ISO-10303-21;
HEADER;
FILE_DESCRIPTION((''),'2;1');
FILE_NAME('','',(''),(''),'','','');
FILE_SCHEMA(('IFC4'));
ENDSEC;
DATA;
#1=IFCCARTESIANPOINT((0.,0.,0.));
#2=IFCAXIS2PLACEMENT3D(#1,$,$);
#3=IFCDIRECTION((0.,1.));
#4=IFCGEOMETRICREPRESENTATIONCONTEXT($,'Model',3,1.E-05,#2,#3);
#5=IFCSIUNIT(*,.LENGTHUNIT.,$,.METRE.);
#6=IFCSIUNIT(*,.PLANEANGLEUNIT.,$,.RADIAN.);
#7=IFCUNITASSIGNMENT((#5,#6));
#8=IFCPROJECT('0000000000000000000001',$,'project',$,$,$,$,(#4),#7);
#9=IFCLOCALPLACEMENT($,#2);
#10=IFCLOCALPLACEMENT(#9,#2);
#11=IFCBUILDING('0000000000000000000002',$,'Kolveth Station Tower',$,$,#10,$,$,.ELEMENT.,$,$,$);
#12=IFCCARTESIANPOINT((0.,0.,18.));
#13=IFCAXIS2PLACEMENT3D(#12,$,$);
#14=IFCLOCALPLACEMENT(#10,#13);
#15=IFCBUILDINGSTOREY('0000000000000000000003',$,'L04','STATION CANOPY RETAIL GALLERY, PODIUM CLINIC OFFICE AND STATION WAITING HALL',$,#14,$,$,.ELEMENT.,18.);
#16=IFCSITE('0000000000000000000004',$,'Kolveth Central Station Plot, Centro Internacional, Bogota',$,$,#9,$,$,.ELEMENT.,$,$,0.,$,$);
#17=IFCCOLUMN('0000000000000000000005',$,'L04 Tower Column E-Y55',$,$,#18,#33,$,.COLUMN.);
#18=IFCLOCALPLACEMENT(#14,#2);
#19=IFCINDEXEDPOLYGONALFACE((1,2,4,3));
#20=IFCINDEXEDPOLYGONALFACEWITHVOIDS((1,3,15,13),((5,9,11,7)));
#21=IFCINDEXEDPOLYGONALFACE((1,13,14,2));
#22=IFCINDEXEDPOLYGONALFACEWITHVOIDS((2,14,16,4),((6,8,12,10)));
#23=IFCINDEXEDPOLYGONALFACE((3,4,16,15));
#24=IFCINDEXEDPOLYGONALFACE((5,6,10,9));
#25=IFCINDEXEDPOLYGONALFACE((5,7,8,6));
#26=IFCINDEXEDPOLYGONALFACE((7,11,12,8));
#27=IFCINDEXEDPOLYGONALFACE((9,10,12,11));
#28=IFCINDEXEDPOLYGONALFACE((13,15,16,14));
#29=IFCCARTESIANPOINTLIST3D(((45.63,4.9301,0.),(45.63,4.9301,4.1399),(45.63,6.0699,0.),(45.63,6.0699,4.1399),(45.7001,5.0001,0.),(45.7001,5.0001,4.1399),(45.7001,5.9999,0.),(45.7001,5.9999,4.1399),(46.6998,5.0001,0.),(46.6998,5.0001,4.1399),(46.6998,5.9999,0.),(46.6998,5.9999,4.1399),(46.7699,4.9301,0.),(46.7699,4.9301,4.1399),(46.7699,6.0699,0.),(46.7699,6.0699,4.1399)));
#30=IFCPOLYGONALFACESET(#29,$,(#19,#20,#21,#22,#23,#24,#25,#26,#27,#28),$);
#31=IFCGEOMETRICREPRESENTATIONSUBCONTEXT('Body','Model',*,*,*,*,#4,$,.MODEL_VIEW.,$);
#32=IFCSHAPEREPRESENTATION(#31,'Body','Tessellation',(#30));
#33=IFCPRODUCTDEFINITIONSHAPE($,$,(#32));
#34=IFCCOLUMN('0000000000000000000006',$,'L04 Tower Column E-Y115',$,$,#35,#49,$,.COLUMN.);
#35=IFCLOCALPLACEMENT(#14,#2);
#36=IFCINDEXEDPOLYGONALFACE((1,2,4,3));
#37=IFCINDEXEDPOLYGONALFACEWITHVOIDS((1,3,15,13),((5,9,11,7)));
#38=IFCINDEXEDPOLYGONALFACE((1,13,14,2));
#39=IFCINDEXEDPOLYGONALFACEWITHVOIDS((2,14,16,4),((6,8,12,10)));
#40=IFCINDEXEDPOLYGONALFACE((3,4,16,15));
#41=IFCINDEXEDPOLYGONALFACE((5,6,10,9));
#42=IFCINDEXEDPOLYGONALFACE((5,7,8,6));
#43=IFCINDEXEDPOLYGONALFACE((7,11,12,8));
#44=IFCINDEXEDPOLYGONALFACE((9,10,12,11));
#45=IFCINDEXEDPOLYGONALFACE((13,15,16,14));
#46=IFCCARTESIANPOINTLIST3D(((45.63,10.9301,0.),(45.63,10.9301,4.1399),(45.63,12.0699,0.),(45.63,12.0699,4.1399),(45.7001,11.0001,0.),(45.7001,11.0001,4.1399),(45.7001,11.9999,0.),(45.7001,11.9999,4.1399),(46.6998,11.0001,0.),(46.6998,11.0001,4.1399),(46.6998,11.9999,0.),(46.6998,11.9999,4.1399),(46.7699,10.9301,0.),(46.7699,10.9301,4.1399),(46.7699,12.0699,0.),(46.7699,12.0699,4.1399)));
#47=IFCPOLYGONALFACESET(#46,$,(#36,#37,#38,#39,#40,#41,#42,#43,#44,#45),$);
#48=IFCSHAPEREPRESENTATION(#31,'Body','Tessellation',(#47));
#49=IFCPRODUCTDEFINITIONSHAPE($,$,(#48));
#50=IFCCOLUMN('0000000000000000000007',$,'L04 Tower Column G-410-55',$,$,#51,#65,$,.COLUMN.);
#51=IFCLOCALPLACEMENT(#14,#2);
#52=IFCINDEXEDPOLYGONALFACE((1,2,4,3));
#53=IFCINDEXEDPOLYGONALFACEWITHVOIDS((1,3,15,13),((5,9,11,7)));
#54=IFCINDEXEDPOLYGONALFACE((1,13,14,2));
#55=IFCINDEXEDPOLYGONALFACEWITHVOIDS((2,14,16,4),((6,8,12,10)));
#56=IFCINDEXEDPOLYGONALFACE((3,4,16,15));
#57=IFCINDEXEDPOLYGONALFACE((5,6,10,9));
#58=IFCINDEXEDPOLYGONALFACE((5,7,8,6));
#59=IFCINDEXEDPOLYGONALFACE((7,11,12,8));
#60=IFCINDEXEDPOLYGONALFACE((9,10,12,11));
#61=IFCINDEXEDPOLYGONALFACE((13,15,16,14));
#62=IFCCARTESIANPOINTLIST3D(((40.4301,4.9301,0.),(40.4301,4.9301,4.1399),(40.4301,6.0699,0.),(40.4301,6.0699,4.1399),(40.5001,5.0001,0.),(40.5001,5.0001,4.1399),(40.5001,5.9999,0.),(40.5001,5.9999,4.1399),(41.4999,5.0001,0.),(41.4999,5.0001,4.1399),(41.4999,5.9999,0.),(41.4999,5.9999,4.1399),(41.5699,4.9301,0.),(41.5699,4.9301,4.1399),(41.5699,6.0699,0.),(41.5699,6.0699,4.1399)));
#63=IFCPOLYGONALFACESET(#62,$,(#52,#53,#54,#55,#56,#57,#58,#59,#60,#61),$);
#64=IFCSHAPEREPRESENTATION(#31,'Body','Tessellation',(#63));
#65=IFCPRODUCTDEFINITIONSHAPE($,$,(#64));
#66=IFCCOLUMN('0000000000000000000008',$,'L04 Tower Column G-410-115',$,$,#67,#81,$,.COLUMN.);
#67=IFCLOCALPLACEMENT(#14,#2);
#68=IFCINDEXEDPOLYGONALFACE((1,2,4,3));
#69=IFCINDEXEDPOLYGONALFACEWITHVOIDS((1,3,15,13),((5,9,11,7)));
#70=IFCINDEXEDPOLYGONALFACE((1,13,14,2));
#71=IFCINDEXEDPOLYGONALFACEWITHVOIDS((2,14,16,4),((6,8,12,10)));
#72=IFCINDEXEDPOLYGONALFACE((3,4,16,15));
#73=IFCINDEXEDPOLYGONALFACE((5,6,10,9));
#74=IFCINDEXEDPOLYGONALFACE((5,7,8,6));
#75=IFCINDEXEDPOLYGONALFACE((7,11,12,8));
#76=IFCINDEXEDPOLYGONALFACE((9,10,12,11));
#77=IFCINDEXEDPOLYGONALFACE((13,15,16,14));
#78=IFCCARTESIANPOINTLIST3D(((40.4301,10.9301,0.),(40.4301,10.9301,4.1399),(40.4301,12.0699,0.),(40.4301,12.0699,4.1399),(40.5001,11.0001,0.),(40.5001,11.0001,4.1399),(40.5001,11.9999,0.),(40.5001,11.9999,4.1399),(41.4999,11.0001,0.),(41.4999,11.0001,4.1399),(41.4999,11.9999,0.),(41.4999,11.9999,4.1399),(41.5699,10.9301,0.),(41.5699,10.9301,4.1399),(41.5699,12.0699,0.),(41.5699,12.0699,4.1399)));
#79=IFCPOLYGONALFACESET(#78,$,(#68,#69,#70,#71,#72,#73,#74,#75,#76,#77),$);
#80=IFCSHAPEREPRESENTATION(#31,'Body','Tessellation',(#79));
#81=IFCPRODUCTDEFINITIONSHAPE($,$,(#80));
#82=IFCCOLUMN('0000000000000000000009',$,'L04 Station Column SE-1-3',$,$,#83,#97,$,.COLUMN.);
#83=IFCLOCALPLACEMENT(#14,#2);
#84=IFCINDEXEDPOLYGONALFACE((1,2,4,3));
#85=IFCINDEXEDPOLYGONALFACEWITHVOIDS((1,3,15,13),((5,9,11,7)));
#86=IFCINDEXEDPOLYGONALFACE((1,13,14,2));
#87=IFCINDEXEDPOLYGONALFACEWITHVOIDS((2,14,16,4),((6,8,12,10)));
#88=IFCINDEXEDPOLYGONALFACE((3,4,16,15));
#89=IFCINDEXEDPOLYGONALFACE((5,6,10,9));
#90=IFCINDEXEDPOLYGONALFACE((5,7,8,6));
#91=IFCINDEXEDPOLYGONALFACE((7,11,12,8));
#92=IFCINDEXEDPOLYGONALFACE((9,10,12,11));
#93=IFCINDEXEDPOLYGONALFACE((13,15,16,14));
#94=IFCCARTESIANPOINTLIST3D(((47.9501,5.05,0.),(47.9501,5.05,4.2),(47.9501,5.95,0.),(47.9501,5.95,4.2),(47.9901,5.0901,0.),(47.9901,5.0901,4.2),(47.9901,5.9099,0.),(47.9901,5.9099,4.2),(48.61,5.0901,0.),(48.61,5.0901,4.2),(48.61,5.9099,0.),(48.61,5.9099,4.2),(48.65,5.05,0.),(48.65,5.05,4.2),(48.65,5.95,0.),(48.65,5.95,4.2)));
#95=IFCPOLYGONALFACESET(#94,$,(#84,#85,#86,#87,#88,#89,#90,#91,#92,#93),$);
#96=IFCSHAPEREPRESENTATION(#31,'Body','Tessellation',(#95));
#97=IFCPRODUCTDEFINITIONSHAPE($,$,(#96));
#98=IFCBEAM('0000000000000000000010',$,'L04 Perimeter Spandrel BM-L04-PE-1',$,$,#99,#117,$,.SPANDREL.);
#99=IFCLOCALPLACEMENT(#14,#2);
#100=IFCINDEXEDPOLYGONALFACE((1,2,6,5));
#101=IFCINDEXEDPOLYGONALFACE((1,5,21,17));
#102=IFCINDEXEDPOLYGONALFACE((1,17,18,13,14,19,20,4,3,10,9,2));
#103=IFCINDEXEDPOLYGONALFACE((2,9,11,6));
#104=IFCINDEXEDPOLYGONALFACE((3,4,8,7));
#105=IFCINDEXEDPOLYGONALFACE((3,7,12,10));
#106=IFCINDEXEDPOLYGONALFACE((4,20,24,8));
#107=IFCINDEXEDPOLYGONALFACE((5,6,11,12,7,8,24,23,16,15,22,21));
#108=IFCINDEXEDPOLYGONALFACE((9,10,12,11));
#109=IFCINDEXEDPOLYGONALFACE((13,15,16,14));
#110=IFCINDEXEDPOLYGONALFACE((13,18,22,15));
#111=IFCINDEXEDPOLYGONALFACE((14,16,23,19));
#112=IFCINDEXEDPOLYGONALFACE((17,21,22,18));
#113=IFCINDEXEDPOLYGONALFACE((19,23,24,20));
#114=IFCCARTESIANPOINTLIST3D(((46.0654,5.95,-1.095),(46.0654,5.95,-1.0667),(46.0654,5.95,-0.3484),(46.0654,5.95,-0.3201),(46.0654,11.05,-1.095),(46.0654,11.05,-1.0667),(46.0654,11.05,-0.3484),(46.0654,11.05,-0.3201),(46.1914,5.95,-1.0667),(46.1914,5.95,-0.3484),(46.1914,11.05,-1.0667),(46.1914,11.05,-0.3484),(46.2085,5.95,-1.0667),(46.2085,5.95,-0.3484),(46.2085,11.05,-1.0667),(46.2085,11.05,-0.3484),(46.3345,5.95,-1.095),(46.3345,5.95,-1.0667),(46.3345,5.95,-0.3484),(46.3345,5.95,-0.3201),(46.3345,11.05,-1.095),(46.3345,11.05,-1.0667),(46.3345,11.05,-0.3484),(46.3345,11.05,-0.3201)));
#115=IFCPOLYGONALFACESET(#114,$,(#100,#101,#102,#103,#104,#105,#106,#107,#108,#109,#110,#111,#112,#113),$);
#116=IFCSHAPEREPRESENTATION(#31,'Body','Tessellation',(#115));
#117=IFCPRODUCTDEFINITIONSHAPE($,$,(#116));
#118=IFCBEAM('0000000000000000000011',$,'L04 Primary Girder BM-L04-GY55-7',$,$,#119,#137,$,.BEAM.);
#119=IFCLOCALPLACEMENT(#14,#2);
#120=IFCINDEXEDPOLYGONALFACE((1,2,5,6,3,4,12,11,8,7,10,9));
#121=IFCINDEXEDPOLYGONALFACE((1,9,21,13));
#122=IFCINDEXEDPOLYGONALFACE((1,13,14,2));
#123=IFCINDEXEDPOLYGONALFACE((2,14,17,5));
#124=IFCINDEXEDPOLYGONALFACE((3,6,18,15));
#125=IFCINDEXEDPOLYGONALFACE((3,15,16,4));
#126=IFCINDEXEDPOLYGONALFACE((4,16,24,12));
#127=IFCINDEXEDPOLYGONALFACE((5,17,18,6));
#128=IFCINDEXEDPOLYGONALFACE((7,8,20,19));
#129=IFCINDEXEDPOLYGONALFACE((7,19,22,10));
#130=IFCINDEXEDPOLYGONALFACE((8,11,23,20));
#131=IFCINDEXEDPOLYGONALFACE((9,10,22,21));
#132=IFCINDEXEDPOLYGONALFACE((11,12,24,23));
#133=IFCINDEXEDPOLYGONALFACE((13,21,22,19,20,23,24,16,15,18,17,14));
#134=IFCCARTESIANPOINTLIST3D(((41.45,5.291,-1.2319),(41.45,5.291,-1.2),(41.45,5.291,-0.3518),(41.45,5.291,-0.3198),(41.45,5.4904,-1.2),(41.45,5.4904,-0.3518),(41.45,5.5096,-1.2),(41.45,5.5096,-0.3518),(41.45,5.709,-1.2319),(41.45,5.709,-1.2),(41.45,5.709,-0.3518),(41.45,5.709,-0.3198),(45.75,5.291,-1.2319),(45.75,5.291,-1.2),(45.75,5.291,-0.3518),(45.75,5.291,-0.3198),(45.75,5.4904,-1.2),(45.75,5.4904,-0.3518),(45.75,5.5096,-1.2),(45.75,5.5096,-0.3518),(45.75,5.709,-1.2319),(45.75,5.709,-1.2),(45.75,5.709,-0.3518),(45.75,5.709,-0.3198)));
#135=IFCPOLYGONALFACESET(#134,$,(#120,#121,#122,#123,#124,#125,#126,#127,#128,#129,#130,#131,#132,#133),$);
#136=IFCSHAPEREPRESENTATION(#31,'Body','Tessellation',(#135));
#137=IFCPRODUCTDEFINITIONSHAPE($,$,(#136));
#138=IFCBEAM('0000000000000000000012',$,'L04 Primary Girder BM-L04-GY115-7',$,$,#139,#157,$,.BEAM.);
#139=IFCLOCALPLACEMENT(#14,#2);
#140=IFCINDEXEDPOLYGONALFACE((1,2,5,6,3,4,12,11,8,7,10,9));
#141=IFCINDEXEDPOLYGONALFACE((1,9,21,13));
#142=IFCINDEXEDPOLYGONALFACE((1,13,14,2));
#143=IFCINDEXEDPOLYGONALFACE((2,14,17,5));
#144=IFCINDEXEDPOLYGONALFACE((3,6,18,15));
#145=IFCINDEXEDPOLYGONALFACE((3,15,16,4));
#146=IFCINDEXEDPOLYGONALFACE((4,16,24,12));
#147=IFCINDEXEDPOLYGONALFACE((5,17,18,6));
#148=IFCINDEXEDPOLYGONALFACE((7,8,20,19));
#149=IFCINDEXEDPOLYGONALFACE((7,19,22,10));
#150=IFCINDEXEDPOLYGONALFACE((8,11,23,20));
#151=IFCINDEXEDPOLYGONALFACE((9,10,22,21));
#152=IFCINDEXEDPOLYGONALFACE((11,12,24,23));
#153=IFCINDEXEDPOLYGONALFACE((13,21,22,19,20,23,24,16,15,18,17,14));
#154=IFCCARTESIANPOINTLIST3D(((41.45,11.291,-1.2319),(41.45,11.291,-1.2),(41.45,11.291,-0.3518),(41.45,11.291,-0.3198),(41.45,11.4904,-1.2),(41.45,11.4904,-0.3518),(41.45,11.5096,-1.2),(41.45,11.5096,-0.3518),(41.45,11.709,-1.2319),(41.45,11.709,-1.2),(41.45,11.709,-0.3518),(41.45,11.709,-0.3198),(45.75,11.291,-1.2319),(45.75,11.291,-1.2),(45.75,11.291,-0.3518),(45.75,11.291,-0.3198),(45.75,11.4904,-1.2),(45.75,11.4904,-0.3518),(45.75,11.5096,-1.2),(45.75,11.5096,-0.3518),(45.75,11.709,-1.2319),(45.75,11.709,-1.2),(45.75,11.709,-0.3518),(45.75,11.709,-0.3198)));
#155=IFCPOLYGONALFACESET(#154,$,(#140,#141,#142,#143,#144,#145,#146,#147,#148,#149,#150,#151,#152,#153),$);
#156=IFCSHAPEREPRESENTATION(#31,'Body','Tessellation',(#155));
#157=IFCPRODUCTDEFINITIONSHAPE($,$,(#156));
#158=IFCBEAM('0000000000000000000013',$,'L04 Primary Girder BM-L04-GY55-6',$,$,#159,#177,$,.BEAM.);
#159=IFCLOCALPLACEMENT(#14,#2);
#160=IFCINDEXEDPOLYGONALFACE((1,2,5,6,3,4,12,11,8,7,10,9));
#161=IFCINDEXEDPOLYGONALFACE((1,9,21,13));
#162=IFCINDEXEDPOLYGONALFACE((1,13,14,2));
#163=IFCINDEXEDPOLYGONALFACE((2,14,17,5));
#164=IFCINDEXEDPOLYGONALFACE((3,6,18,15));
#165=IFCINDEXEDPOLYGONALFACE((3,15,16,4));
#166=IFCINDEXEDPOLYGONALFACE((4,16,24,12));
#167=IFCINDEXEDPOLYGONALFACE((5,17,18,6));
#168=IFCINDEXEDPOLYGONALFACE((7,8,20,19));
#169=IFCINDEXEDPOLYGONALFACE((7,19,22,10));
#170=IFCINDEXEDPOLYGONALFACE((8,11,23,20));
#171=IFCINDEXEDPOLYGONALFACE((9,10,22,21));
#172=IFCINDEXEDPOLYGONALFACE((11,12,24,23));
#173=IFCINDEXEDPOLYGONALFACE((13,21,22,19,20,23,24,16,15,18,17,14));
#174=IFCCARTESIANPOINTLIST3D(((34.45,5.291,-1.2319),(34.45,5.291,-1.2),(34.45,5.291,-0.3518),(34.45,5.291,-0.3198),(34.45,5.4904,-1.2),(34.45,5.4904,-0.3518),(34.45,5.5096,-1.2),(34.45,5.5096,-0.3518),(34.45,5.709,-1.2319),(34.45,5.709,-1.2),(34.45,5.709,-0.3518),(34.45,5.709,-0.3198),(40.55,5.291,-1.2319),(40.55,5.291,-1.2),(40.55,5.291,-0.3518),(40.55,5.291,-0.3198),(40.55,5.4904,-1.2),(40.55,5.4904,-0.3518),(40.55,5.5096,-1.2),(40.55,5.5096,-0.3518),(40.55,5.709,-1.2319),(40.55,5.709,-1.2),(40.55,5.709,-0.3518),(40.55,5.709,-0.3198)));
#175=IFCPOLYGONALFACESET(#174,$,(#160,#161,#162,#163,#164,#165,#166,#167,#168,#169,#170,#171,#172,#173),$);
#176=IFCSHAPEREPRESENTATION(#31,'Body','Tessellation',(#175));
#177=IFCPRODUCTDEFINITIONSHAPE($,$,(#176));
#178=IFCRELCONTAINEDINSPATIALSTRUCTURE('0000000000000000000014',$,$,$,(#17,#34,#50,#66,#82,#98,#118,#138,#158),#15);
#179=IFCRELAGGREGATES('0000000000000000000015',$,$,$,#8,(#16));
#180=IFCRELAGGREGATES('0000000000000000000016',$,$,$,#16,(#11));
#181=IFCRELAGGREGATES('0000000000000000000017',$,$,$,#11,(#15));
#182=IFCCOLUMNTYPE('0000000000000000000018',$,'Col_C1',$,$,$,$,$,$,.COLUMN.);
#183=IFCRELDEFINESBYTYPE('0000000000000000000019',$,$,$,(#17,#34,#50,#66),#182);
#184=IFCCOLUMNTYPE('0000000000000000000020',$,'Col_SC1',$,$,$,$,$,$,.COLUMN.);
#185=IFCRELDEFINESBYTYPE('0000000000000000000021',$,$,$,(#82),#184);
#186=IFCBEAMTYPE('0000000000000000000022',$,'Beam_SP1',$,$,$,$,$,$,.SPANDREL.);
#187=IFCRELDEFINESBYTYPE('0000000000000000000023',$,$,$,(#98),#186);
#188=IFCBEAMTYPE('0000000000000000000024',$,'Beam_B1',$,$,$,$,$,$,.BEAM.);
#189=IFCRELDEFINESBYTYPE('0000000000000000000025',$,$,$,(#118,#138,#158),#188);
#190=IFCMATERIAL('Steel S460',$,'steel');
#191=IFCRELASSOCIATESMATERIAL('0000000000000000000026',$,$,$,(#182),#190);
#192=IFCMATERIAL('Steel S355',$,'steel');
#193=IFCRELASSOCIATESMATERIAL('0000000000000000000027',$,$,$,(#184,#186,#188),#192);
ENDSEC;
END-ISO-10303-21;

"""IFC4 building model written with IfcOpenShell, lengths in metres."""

from ifc_helpers import new_model, si_unit, direction, frame, origin, origin_2d, place, context, subcontext, project, spatial, hollow_rectangle, i_section, extrude, source, transform, mapped, material, material_profile, profile_set, type_object, element, save


model = new_model("IFC4")

# Units and contexts
model_context = context("Model", 3, precision=1e-05, world=origin(), true_north=direction((0.0, 1.0)))
body_context = subcontext(model_context, "Body", "Model", "MODEL_VIEW")
ifc_project = project(units=[si_unit("LENGTHUNIT", "METRE"), si_unit("PLANEANGLEUNIT", "RADIAN")], contexts=[model_context])

# Site, building, storey
site_placement = place(None, origin())
site = spatial("IfcSite", under=ifc_project, at=site_placement, Name="Kolveth Central Station Plot, Centro Internacional, Bogota", CompositionType="ELEMENT", RefElevation=0.0)
building_placement = place(site_placement, origin())
building = spatial("IfcBuilding", under=site, at=building_placement, Name="Kolveth Station Tower", CompositionType="ELEMENT")
storey_placement = place(building_placement, frame((0.0, 0.0, 18.0)))
storey = spatial("IfcBuildingStorey", under=building, at=storey_placement, Name="L04", Description="STATION CANOPY RETAIL GALLERY, PODIUM CLINIC OFFICE AND STATION WAITING HALL", CompositionType="ELEMENT", Elevation=18.0)

# Columns
ifc_material_1 = material(Name="Steel S460", Category="steel")
ifc_material_profile_1 = material_profile(ifc_material_1, hollow_rectangle(XDim=1.1399, YDim=1.1399, WallThickness=0.0701, at=origin_2d()), Name="BOX1140x1140x70")
ifc_profile_set_1 = profile_set([ifc_material_profile_1], Name="Steel S460")
column_type_1 = type_object("IfcColumnType", Name="Col_C1", PredefinedType="COLUMN", material=ifc_profile_set_1)
shared_shape_1 = source(origin(), body_context, "Body", "SweptSolid", [
    extrude(hollow_rectangle(XDim=1.1399, YDim=1.1399, WallThickness=0.0701, at=origin_2d()), origin(), (0.0, 0.0, 1.0), 4.1399),
])
for number, where, z_axis, x_axis, name in (
    (1, (46.2, 5.5, 0.0), (0.0, 0.0, 1.0), (1.0, 0.0, 0.0), "L04 Tower Column E-Y55"),
    (2, (46.2, 11.5, 0.0), (0.0, 0.0, 1.0), (1.0, 0.0, 0.0), "L04 Tower Column E-Y115"),
    (3, (41.0, 5.5, 0.0), (0.0, 0.0, 1.0), (1.0, 0.0, 0.0), "L04 Tower Column G-410-55"),
    (4, (41.0, 11.5, 0.0), (0.0, 0.0, 1.0), (1.0, 0.0, 0.0), "L04 Tower Column G-410-115"),
):
    element("IfcColumn", number, at=place(storey_placement, frame(where, z_axis=z_axis, x_axis=x_axis)), inside=storey, type_object=column_type_1, Name=name, PredefinedType="COLUMN", context=body_context, shape_type="MappedRepresentation", body=[
        mapped(shared_shape_1, transform((0.0, 0.0, 0.0), x_axis=(1.0, 0.0, 0.0), y_axis=(0.0, 1.0, 0.0), z_axis=(0.0, 0.0, 1.0), scale=1.0)),
    ])
ifc_material_2 = material(Name="Steel S355", Category="steel")
ifc_material_profile_2 = material_profile(ifc_material_2, hollow_rectangle(XDim=0.7, YDim=0.8999, WallThickness=0.04, at=origin_2d()), Name="BOX900x700x40")
ifc_profile_set_2 = profile_set([ifc_material_profile_2], Name="Steel S355")
column_type_2 = type_object("IfcColumnType", Name="Col_SC1", PredefinedType="COLUMN", material=ifc_profile_set_2)
shared_shape_2 = source(origin(), body_context, "Body", "SweptSolid", [
    extrude(hollow_rectangle(XDim=0.7, YDim=0.8999, WallThickness=0.04, at=origin_2d()), origin(), (0.0, 0.0, 1.0), 4.2),
])
column_placement = place(storey_placement, frame((48.3, 5.5, 0.0), z_axis=(0.0, 0.0, 1.0), x_axis=(1.0, 0.0, 0.0)))
element("IfcColumn", 5, at=column_placement, inside=storey, type_object=column_type_2, Name="L04 Station Column SE-1-3", PredefinedType="COLUMN", context=body_context, shape_type="MappedRepresentation", body=[
    mapped(shared_shape_2, transform((0.0, 0.0, 0.0), x_axis=(1.0, 0.0, 0.0), y_axis=(0.0, 1.0, 0.0), z_axis=(0.0, 0.0, 1.0), scale=1.0)),
])

# Beams
ifc_material_profile_3 = material_profile(ifc_material_2, i_section(OverallWidth=0.269, OverallDepth=0.7749, WebThickness=0.0171, FlangeThickness=0.0283, at=origin_2d()), Name="W760x220")
ifc_profile_set_3 = profile_set([ifc_material_profile_3], Name="Steel S355")
beam_type_1 = type_object("IfcBeamType", Name="Beam_SP1", PredefinedType="SPANDREL", material=ifc_profile_set_3)
shared_shape_3 = source(origin(), body_context, "Body", "SweptSolid", [
    extrude(i_section(OverallWidth=0.269, OverallDepth=0.7749, WebThickness=0.0171, FlangeThickness=0.0283, at=origin_2d()), origin(), (0.0, 0.0, 1.0), 5.1001),
])
beam_1_placement = place(storey_placement, frame((46.2, 5.95, -0.7075), z_axis=(0.0, 1.0, 0.0), x_axis=(-1.0, 0.0, 0.0)))
element("IfcBeam", 6, at=beam_1_placement, inside=storey, type_object=beam_type_1, Name="L04 Perimeter Spandrel BM-L04-PE-1", PredefinedType="SPANDREL", context=body_context, shape_type="MappedRepresentation", body=[
    mapped(shared_shape_3, transform((0.0, 0.0, 0.0), x_axis=(1.0, 0.0, 0.0), y_axis=(0.0, 1.0, 0.0), z_axis=(0.0, 0.0, 1.0), scale=1.0)),
])
ifc_material_profile_4 = material_profile(ifc_material_2, i_section(OverallWidth=0.418, OverallDepth=0.9121, WebThickness=0.0193, FlangeThickness=0.032, at=origin_2d()), Name="W920x342")
ifc_profile_set_4 = profile_set([ifc_material_profile_4], Name="Steel S355")
beam_type_2 = type_object("IfcBeamType", Name="Beam_B1", PredefinedType="BEAM", material=ifc_profile_set_4)
shared_shape_4 = source(origin(), body_context, "Body", "SweptSolid", [
    extrude(i_section(OverallWidth=0.418, OverallDepth=0.9121, WebThickness=0.0193, FlangeThickness=0.032, at=origin_2d()), origin(), (0.0, 0.0, 1.0), 4.3),
])
for number, where, z_axis, x_axis, name in (
    (7, (41.45, 5.5, -0.7759), (1.0, 0.0, 0.0), (0.0, 1.0, 0.0), "L04 Primary Girder BM-L04-GY55-7"),
    (8, (41.45, 11.5, -0.7759), (1.0, 0.0, 0.0), (0.0, 1.0, 0.0), "L04 Primary Girder BM-L04-GY115-7"),
):
    element("IfcBeam", number, at=place(storey_placement, frame(where, z_axis=z_axis, x_axis=x_axis)), inside=storey, type_object=beam_type_2, Name=name, PredefinedType="BEAM", context=body_context, shape_type="MappedRepresentation", body=[
        mapped(shared_shape_4, transform((0.0, 0.0, 0.0), x_axis=(1.0, 0.0, 0.0), y_axis=(0.0, 1.0, 0.0), z_axis=(0.0, 0.0, 1.0), scale=1.0)),
    ])
shared_shape_5 = source(origin(), body_context, "Body", "SweptSolid", [
    extrude(i_section(OverallWidth=0.418, OverallDepth=0.9121, WebThickness=0.0193, FlangeThickness=0.032, at=origin_2d()), origin(), (0.0, 0.0, 1.0), 6.1001),
])
for number, where, z_axis, x_axis, name in (
    (9, (34.45, 5.5, -0.7759), (1.0, 0.0, 0.0), (0.0, 1.0, 0.0), "L04 Primary Girder BM-L04-GY55-6"),
):
    element("IfcBeam", number, at=place(storey_placement, frame(where, z_axis=z_axis, x_axis=x_axis)), inside=storey, type_object=beam_type_2, Name=name, PredefinedType="BEAM", context=body_context, shape_type="MappedRepresentation", body=[
        mapped(shared_shape_5, transform((0.0, 0.0, 0.0), x_axis=(1.0, 0.0, 0.0), y_axis=(0.0, 1.0, 0.0), z_axis=(0.0, 0.0, 1.0), scale=1.0)),
    ])

save(model, "model.ifc")
